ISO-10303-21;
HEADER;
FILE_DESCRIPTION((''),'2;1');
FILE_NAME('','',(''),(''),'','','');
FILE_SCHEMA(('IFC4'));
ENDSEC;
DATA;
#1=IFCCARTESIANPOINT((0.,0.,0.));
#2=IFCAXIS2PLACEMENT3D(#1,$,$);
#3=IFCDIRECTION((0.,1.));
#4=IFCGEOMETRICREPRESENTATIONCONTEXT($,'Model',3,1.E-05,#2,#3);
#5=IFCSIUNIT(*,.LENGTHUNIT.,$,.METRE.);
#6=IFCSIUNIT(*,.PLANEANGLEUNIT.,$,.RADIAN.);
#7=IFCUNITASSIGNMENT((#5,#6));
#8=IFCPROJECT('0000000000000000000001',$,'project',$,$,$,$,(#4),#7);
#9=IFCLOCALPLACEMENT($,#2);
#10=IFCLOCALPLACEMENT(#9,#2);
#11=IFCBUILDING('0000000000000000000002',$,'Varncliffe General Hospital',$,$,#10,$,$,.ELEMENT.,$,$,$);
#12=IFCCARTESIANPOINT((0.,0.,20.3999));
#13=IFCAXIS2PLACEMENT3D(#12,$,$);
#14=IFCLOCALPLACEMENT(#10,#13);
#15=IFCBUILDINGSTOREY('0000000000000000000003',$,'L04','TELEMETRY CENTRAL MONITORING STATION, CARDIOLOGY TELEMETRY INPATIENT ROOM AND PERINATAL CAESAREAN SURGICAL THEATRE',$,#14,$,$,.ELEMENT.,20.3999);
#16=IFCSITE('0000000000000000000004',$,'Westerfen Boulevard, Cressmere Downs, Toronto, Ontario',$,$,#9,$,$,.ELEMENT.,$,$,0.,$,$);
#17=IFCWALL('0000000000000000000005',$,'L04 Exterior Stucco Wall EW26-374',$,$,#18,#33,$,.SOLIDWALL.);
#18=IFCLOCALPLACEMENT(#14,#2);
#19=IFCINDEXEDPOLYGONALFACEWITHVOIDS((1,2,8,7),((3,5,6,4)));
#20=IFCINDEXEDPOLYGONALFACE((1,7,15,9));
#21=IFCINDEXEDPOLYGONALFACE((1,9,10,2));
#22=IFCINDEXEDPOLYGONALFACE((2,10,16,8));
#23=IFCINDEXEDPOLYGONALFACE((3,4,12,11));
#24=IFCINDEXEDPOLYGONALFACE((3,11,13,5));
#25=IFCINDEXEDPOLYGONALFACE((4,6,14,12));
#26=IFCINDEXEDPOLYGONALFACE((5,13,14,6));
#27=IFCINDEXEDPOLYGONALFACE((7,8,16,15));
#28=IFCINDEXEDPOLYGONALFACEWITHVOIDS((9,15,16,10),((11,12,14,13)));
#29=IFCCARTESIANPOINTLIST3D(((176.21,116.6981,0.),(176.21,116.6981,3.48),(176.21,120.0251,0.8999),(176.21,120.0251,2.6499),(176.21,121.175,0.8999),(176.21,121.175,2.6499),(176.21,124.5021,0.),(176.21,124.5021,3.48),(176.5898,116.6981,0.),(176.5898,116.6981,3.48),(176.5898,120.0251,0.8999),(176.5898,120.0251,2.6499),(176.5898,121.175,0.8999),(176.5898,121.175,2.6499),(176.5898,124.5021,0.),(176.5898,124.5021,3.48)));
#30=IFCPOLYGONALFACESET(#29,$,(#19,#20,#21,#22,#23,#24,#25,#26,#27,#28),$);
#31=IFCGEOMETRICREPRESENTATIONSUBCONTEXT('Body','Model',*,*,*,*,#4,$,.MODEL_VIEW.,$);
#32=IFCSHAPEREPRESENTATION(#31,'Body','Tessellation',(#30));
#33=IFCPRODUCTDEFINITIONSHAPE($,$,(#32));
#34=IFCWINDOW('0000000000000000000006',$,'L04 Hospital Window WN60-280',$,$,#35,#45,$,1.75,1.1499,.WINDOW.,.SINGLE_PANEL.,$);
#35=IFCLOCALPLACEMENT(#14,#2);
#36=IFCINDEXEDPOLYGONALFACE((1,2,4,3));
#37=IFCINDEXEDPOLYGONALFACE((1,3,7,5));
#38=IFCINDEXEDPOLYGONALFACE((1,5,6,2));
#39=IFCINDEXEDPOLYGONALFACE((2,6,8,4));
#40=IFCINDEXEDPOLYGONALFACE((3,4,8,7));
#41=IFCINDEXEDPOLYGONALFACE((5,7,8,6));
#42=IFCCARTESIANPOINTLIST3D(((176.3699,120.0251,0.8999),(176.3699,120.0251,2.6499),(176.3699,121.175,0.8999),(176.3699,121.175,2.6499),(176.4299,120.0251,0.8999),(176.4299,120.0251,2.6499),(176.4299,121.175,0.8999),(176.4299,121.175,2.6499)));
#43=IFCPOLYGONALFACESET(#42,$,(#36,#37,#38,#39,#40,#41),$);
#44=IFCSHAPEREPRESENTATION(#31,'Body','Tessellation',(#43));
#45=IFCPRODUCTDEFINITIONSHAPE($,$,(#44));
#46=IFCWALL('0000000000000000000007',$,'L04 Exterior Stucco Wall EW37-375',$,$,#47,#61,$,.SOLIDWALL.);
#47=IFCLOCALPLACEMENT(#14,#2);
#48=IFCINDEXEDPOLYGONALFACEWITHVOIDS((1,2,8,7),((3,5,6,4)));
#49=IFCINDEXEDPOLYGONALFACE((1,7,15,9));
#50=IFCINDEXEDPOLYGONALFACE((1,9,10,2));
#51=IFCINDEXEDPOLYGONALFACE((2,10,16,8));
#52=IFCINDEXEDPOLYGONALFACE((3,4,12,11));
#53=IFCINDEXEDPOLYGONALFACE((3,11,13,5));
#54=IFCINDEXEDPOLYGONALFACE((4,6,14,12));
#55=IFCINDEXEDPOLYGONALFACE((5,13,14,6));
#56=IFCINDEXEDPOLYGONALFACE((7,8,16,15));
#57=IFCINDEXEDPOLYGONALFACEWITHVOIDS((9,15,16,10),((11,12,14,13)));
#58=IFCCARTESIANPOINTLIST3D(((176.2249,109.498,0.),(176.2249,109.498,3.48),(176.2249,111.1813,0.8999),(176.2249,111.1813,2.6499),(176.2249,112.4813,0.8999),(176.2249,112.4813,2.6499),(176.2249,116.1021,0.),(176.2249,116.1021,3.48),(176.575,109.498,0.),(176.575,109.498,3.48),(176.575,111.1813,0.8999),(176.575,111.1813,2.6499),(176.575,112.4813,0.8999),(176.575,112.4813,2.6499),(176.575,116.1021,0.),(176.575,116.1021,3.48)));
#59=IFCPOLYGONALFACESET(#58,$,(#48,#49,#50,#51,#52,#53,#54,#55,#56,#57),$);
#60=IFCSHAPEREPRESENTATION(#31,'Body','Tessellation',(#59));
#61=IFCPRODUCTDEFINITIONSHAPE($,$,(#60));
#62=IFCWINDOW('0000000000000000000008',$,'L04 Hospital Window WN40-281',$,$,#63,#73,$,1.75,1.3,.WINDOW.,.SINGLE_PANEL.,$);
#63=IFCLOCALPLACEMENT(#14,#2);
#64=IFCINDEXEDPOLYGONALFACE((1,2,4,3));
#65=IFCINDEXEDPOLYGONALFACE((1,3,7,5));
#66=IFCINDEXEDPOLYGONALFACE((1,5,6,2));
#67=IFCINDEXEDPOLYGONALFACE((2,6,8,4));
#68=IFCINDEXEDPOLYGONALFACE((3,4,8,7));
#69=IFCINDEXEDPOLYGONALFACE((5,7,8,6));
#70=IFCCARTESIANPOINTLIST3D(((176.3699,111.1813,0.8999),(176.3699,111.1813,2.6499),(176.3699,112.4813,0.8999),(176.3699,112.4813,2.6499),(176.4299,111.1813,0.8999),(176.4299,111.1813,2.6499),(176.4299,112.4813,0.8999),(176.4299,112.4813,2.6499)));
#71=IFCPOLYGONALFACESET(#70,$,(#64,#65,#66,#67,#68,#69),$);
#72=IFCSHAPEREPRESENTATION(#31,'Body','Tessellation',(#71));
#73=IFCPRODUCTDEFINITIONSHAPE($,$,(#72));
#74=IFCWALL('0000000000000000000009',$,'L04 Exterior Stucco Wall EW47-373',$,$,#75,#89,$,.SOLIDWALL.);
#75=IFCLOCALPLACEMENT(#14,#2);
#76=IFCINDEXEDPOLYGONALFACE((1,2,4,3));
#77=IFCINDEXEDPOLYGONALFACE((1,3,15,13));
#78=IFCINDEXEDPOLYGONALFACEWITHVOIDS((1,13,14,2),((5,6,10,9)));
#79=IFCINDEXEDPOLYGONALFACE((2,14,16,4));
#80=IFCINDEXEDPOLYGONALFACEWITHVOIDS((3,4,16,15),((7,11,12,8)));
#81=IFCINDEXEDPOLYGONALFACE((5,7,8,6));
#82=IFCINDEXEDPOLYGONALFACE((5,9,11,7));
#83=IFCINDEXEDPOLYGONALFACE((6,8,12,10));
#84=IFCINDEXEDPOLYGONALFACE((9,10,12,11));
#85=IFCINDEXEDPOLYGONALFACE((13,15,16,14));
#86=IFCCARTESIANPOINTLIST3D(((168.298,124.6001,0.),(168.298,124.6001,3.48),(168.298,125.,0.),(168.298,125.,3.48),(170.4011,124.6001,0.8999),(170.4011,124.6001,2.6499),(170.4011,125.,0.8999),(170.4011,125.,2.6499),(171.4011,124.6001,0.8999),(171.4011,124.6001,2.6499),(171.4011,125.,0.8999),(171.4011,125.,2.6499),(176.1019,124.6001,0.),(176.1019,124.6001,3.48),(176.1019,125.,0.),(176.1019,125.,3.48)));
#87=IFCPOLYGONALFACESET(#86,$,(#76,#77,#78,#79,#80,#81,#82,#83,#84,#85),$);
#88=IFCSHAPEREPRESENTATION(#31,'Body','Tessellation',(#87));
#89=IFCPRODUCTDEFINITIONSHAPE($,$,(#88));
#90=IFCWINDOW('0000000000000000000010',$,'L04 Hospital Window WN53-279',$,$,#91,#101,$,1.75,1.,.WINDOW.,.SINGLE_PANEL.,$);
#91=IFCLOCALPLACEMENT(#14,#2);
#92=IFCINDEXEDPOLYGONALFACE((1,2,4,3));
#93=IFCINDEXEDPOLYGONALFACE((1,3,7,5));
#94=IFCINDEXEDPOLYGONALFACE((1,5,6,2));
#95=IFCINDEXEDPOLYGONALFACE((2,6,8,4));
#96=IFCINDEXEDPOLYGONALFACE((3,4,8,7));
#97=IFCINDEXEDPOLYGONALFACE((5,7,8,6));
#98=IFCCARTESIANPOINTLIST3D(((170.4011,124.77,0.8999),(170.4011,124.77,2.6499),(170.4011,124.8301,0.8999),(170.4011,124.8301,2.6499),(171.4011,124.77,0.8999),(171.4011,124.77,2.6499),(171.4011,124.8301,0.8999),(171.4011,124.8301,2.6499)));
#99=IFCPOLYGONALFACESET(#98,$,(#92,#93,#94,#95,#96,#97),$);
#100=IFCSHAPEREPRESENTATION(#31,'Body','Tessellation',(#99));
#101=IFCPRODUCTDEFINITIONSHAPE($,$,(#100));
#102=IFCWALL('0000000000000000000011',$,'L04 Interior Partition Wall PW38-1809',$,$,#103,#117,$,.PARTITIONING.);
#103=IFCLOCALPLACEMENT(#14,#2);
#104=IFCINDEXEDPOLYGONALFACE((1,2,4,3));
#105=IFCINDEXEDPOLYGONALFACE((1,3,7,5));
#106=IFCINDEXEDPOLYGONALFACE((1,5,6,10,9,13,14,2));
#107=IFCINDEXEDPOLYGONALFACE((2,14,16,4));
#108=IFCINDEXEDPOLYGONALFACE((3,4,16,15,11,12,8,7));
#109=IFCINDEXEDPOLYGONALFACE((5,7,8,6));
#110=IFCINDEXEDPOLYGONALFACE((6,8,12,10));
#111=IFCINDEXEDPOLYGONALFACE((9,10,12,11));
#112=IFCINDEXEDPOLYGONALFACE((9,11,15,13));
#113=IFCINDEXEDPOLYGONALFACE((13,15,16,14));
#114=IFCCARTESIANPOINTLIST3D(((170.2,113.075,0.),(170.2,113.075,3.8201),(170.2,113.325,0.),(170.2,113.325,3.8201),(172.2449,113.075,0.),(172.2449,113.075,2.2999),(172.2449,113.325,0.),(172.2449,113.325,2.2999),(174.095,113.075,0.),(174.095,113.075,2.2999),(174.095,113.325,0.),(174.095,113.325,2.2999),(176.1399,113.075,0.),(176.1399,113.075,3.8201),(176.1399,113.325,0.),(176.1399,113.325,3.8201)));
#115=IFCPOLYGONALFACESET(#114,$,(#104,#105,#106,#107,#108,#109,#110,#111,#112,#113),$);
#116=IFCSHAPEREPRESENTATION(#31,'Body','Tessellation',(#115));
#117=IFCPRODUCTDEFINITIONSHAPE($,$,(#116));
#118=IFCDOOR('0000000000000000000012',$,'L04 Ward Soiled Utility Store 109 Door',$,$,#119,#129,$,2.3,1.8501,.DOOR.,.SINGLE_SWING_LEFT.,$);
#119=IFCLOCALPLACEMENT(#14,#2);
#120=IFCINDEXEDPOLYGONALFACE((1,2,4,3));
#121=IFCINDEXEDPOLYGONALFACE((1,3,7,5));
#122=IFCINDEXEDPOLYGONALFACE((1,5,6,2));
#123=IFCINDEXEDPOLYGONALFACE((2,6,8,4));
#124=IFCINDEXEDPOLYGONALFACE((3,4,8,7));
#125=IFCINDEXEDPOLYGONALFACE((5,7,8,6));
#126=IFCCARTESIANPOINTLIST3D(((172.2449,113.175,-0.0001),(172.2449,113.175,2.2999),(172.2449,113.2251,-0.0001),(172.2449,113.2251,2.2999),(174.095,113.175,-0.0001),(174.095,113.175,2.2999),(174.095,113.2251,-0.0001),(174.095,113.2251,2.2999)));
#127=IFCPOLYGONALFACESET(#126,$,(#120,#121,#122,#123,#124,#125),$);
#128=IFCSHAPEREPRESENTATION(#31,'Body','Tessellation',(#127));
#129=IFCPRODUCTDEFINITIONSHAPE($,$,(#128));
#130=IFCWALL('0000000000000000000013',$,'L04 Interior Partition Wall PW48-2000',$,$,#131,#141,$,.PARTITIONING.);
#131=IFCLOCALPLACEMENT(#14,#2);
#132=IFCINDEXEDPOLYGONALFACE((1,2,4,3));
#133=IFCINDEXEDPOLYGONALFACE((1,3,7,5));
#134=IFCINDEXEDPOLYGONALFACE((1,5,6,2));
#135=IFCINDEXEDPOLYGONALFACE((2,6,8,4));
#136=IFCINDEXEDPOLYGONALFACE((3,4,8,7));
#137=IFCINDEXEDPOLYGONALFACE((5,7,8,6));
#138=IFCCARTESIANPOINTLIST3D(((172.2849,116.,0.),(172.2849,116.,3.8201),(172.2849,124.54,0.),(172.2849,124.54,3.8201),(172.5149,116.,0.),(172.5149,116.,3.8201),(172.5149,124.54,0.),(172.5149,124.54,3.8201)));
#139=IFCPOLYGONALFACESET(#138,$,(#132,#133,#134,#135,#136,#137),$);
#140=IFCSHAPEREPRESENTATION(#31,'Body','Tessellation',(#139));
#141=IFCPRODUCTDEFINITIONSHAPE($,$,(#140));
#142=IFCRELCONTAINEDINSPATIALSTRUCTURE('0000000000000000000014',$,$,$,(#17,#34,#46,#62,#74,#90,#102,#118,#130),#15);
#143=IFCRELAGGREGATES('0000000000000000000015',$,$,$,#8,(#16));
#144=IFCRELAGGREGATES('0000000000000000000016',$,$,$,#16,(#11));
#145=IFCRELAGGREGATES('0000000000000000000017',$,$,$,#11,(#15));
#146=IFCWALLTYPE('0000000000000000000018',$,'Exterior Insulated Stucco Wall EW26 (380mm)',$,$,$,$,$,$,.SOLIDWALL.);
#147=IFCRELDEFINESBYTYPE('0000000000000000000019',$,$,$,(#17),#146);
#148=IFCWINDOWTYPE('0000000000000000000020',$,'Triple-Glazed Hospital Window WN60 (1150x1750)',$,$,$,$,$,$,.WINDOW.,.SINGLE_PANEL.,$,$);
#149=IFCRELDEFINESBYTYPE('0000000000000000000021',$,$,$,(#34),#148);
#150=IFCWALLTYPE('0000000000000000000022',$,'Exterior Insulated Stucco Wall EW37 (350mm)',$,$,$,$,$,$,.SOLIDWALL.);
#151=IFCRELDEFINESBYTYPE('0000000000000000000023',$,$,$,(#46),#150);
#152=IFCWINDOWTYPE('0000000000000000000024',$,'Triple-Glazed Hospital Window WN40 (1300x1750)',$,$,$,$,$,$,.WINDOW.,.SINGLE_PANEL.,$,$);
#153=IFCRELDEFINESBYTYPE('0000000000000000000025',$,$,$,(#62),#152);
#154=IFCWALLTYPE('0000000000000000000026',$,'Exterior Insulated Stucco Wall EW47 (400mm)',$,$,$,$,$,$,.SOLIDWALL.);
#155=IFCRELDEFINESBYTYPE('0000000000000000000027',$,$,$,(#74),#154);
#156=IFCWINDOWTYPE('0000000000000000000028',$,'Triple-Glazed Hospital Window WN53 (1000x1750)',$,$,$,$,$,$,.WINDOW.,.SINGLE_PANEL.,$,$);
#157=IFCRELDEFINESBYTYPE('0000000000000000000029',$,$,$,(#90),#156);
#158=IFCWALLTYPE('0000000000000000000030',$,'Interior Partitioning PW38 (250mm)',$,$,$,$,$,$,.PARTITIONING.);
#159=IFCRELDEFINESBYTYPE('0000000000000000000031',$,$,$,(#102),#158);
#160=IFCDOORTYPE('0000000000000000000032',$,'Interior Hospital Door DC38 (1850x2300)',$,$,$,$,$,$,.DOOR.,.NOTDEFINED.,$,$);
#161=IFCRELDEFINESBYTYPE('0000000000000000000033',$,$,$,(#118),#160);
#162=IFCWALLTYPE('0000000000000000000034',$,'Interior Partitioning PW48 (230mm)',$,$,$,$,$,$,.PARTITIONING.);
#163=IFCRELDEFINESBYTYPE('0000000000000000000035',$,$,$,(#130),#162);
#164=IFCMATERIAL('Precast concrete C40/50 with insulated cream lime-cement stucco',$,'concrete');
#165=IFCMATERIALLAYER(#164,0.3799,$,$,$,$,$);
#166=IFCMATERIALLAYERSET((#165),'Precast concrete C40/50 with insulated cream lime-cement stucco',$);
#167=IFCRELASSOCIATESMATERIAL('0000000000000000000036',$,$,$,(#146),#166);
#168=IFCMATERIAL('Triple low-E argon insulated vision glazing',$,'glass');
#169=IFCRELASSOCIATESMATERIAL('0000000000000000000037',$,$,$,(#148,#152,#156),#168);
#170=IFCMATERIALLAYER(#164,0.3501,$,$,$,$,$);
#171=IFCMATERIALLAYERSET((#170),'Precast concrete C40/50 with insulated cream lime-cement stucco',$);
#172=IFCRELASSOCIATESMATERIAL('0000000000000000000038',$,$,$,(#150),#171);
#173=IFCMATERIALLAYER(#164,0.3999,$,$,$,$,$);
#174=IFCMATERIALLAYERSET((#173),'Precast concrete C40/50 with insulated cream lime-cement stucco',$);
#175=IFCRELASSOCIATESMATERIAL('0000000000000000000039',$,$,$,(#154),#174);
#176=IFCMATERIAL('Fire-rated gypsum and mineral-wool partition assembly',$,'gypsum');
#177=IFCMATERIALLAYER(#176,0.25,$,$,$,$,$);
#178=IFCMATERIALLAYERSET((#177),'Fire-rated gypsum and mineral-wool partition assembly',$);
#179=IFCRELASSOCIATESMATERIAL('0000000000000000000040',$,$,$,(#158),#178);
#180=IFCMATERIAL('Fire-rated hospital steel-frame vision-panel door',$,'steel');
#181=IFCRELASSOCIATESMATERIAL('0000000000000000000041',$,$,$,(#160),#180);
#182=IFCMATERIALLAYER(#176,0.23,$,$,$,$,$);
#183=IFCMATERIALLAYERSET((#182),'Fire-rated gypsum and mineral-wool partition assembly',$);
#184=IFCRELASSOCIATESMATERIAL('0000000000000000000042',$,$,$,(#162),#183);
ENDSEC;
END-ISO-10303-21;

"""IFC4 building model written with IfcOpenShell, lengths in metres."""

from ifc_helpers import new_model, si_unit, direction, frame, frame_2d, origin, place, context, subcontext, project, spatial, rectangle, extrude, material, layer, layer_set, type_object, element, fill, save


model = new_model("IFC4")

# Units and contexts
model_context = context("Model", 3, precision=1e-05, world=origin(), true_north=direction((0.0, 1.0)))
body_context = subcontext(model_context, "Body", "Model", "MODEL_VIEW")
ifc_project = project(units=[si_unit("LENGTHUNIT", "METRE"), si_unit("PLANEANGLEUNIT", "RADIAN")], contexts=[model_context])

# Site, building, storey
site_placement = place(None, origin())
site = spatial("IfcSite", under=ifc_project, at=site_placement, Name="Westerfen Boulevard, Cressmere Downs, Toronto, Ontario", CompositionType="ELEMENT", RefElevation=0.0)
building_placement = place(site_placement, origin())
building = spatial("IfcBuilding", under=site, at=building_placement, Name="Varncliffe General Hospital", CompositionType="ELEMENT")
storey_placement = place(building_placement, frame((0.0, 0.0, 20.3999)))
storey = spatial("IfcBuildingStorey", under=building, at=storey_placement, Name="L04", Description="TELEMETRY CENTRAL MONITORING STATION, CARDIOLOGY TELEMETRY INPATIENT ROOM AND PERINATAL CAESAREAN SURGICAL THEATRE", CompositionType="ELEMENT", Elevation=20.3999)

# Walls, openings, windows
ifc_material_1 = material(Name="Precast concrete C40/50 with insulated cream lime-cement stucco", Category="concrete")
ifc_layer_1 = layer(ifc_material_1, 0.3799)
ifc_layer_set_1 = layer_set([ifc_layer_1], Name="Precast concrete C40/50 with insulated cream lime-cement stucco")
wall_type_1 = type_object("IfcWallType", Name="Exterior Insulated Stucco Wall EW26 (380mm)", PredefinedType="SOLIDWALL", material=ifc_layer_set_1)
wall_1_placement = place(storey_placement, frame((176.3999, 124.502, 0.0), z_axis=(0.0, 0.0, 1.0), x_axis=(0.0, -1.0, 0.0)))
wall_1 = element("IfcWall", 1, at=wall_1_placement, inside=storey, type_object=wall_type_1, Name="L04 Exterior Stucco Wall EW26-374", PredefinedType="SOLIDWALL", context=body_context, shape_type="SweptSolid", body=[
    extrude(rectangle(XDim=7.804, YDim=0.3799, at=frame_2d((3.9019, 0.0))), origin(), (0.0, 0.0, 1.0), 3.48),
])
opening_1_placement = place(wall_1_placement, frame((3.3269, 0.0, 0.8999)))
opening_1 = element("IfcOpeningElement", 2, at=opening_1_placement, cuts=wall_1, PredefinedType="OPENING", context=body_context, shape_type="SweptSolid", body=[
    extrude(rectangle(XDim=1.1499, YDim=1.75, at=frame_2d((0.575, 0.875))), frame((0.0, 0.2, 0.0), z_axis=(0.0, -1.0, 0.0), x_axis=(1.0, 0.0, 0.0)), (0.0, 0.0, 1.0), 0.3999),
])
ifc_material_2 = material(Name="Triple low-E argon insulated vision glazing", Category="glass")
window_type_1 = type_object("IfcWindowType", Name="Triple-Glazed Hospital Window WN60 (1150x1750)", PartitioningType="SINGLE_PANEL", PredefinedType="WINDOW", material=ifc_material_2)
window_1_placement = place(opening_1_placement, origin())
window_1 = element("IfcWindow", 3, at=window_1_placement, inside=storey, type_object=window_type_1, Name="L04 Hospital Window WN60-280", OverallHeight=1.75, OverallWidth=1.1499, PartitioningType="SINGLE_PANEL", PredefinedType="WINDOW", context=body_context, shape_type="SweptSolid", body=[
    extrude(rectangle(XDim=1.1499, YDim=1.75, at=frame_2d((0.575, 0.875))), frame((0.0, 0.03, 0.0), z_axis=(0.0, -1.0, 0.0), x_axis=(1.0, 0.0, 0.0)), (0.0, 0.0, 1.0), 0.0601),
])
fill(opening_1, window_1)
ifc_layer_2 = layer(ifc_material_1, 0.3501)
ifc_layer_set_2 = layer_set([ifc_layer_2], Name="Precast concrete C40/50 with insulated cream lime-cement stucco")
wall_type_2 = type_object("IfcWallType", Name="Exterior Insulated Stucco Wall EW37 (350mm)", PredefinedType="SOLIDWALL", material=ifc_layer_set_2)
wall_2_placement = place(storey_placement, frame((176.3999, 116.1021, 0.0), z_axis=(0.0, 0.0, 1.0), x_axis=(0.0, -1.0, 0.0)))
wall_2 = element("IfcWall", 4, at=wall_2_placement, inside=storey, type_object=wall_type_2, Name="L04 Exterior Stucco Wall EW37-375", PredefinedType="SOLIDWALL", context=body_context, shape_type="SweptSolid", body=[
    extrude(rectangle(XDim=6.604, YDim=0.3501, at=frame_2d((3.302, 0.0))), origin(), (0.0, 0.0, 1.0), 3.48),
])
opening_2_placement = place(wall_2_placement, frame((3.6208, 0.0, 0.8999)))
opening_2 = element("IfcOpeningElement", 5, at=opening_2_placement, cuts=wall_2, PredefinedType="OPENING", context=body_context, shape_type="SweptSolid", body=[
    extrude(rectangle(XDim=1.3, YDim=1.75, at=frame_2d((0.6499, 0.875))), frame((0.0, 0.1851, 0.0), z_axis=(0.0, -1.0, 0.0), x_axis=(1.0, 0.0, 0.0)), (0.0, 0.0, 1.0), 0.3701),
])
window_type_2 = type_object("IfcWindowType", Name="Triple-Glazed Hospital Window WN40 (1300x1750)", PartitioningType="SINGLE_PANEL", PredefinedType="WINDOW", material=ifc_material_2)
window_2_placement = place(opening_2_placement, origin())
window_2 = element("IfcWindow", 6, at=window_2_placement, inside=storey, type_object=window_type_2, Name="L04 Hospital Window WN40-281", OverallHeight=1.75, OverallWidth=1.3, PartitioningType="SINGLE_PANEL", PredefinedType="WINDOW", context=body_context, shape_type="SweptSolid", body=[
    extrude(rectangle(XDim=1.3, YDim=1.75, at=frame_2d((0.6499, 0.875))), frame((0.0, 0.03, 0.0), z_axis=(0.0, -1.0, 0.0), x_axis=(1.0, 0.0, 0.0)), (0.0, 0.0, 1.0), 0.0601),
])
fill(opening_2, window_2)
ifc_layer_3 = layer(ifc_material_1, 0.3999)
ifc_layer_set_3 = layer_set([ifc_layer_3], Name="Precast concrete C40/50 with insulated cream lime-cement stucco")
wall_type_3 = type_object("IfcWallType", Name="Exterior Insulated Stucco Wall EW47 (400mm)", PredefinedType="SOLIDWALL", material=ifc_layer_set_3)
wall_3_placement = place(storey_placement, frame((168.2981, 124.8, 0.0), z_axis=(0.0, 0.0, 1.0), x_axis=(1.0, 0.0, 0.0)))
wall_3 = element("IfcWall", 7, at=wall_3_placement, inside=storey, type_object=wall_type_3, Name="L04 Exterior Stucco Wall EW47-373", PredefinedType="SOLIDWALL", context=body_context, shape_type="SweptSolid", body=[
    extrude(rectangle(XDim=7.804, YDim=0.3999, at=frame_2d((3.9019, 0.0))), origin(), (0.0, 0.0, 1.0), 3.48),
])
opening_3_placement = place(wall_3_placement, frame((2.103, 0.0, 0.8999)))
opening_3 = element("IfcOpeningElement", 8, at=opening_3_placement, cuts=wall_3, PredefinedType="OPENING", context=body_context, shape_type="SweptSolid", body=[
    extrude(rectangle(XDim=1.0, YDim=1.75, at=frame_2d((0.5, 0.875))), frame((0.0, 0.21, 0.0), z_axis=(0.0, -1.0, 0.0), x_axis=(1.0, 0.0, 0.0)), (0.0, 0.0, 1.0), 0.4199),
])
window_type_3 = type_object("IfcWindowType", Name="Triple-Glazed Hospital Window WN53 (1000x1750)", PartitioningType="SINGLE_PANEL", PredefinedType="WINDOW", material=ifc_material_2)
window_3_placement = place(opening_3_placement, origin())
window_3 = element("IfcWindow", 9, at=window_3_placement, inside=storey, type_object=window_type_3, Name="L04 Hospital Window WN53-279", OverallHeight=1.75, OverallWidth=1.0, PartitioningType="SINGLE_PANEL", PredefinedType="WINDOW", context=body_context, shape_type="SweptSolid", body=[
    extrude(rectangle(XDim=1.0, YDim=1.75, at=frame_2d((0.5, 0.875))), frame((0.0, 0.03, 0.0), z_axis=(0.0, -1.0, 0.0), x_axis=(1.0, 0.0, 0.0)), (0.0, 0.0, 1.0), 0.0601),
])
fill(opening_3, window_3)

# Wall, opening, door
ifc_material_3 = material(Name="Fire-rated gypsum and mineral-wool partition assembly", Category="gypsum")
ifc_layer_4 = layer(ifc_material_3, 0.25)
ifc_layer_set_4 = layer_set([ifc_layer_4], Name="Fire-rated gypsum and mineral-wool partition assembly")
wall_type_4 = type_object("IfcWallType", Name="Interior Partitioning PW38 (250mm)", PredefinedType="PARTITIONING", material=ifc_layer_set_4)
wall_4_placement = place(storey_placement, frame((170.2, 113.2, 0.0), z_axis=(0.0, 0.0, 1.0), x_axis=(1.0, 0.0, 0.0)))
wall_4 = element("IfcWall", 10, at=wall_4_placement, inside=storey, type_object=wall_type_4, Name="L04 Interior Partition Wall PW38-1809", PredefinedType="PARTITIONING", context=body_context, shape_type="SweptSolid", body=[
    extrude(rectangle(XDim=5.9399, YDim=0.25, at=frame_2d((2.97, 0.0))), origin(), (0.0, 0.0, 1.0), 3.8201),
])
opening_4_placement = place(wall_4_placement, frame((2.0449, 0.0, 0.0)))
opening_4 = element("IfcOpeningElement", 11, at=opening_4_placement, cuts=wall_4, PredefinedType="OPENING", context=body_context, shape_type="SweptSolid", body=[
    extrude(rectangle(XDim=1.8501, YDim=2.3, at=frame_2d((0.925, 1.1499))), frame((0.0, 0.135, 0.0), z_axis=(0.0, -1.0, 0.0), x_axis=(1.0, 0.0, 0.0)), (0.0, 0.0, 1.0), 0.27),
])
ifc_material_4 = material(Name="Fire-rated hospital steel-frame vision-panel door", Category="steel")
door_type_1 = type_object("IfcDoorType", Name="Interior Hospital Door DC38 (1850x2300)", OperationType="NOTDEFINED", PredefinedType="DOOR", material=ifc_material_4)
door_1_placement = place(opening_4_placement, frame((1.8501, 0.0, 0.0), z_axis=(0.0, 0.0, 1.0), x_axis=(-1.0, 0.0, 0.0)))
door_1 = element("IfcDoor", 12, at=door_1_placement, inside=storey, type_object=door_type_1, Name="L04 Ward Soiled Utility Store 109 Door", OperationType="SINGLE_SWING_LEFT", OverallHeight=2.3, OverallWidth=1.8501, PredefinedType="DOOR", context=body_context, shape_type="SweptSolid", body=[
    extrude(rectangle(XDim=1.8501, YDim=2.3, at=frame_2d((0.925, 1.1499))), frame((0.0, 0.0249, 0.0), z_axis=(0.0, -1.0, 0.0), x_axis=(1.0, 0.0, 0.0)), (0.0, 0.0, 1.0), 0.05),
])
fill(opening_4, door_1)

# Wall
ifc_layer_5 = layer(ifc_material_3, 0.23)
ifc_layer_set_5 = layer_set([ifc_layer_5], Name="Fire-rated gypsum and mineral-wool partition assembly")
wall_type_5 = type_object("IfcWallType", Name="Interior Partitioning PW48 (230mm)", PredefinedType="PARTITIONING", material=ifc_layer_set_5)
wall_5_placement = place(storey_placement, frame((172.3999, 116.0, 0.0), z_axis=(0.0, 0.0, 1.0), x_axis=(0.0, 1.0, 0.0)))
element("IfcWall", 13, at=wall_5_placement, inside=storey, type_object=wall_type_5, Name="L04 Interior Partition Wall PW48-2000", PredefinedType="PARTITIONING", context=body_context, shape_type="SweptSolid", body=[
    extrude(rectangle(XDim=8.54, YDim=0.23, at=frame_2d((4.27, 0.0))), origin(), (0.0, 0.0, 1.0), 3.8201),
])

save(model, "model.ifc")
